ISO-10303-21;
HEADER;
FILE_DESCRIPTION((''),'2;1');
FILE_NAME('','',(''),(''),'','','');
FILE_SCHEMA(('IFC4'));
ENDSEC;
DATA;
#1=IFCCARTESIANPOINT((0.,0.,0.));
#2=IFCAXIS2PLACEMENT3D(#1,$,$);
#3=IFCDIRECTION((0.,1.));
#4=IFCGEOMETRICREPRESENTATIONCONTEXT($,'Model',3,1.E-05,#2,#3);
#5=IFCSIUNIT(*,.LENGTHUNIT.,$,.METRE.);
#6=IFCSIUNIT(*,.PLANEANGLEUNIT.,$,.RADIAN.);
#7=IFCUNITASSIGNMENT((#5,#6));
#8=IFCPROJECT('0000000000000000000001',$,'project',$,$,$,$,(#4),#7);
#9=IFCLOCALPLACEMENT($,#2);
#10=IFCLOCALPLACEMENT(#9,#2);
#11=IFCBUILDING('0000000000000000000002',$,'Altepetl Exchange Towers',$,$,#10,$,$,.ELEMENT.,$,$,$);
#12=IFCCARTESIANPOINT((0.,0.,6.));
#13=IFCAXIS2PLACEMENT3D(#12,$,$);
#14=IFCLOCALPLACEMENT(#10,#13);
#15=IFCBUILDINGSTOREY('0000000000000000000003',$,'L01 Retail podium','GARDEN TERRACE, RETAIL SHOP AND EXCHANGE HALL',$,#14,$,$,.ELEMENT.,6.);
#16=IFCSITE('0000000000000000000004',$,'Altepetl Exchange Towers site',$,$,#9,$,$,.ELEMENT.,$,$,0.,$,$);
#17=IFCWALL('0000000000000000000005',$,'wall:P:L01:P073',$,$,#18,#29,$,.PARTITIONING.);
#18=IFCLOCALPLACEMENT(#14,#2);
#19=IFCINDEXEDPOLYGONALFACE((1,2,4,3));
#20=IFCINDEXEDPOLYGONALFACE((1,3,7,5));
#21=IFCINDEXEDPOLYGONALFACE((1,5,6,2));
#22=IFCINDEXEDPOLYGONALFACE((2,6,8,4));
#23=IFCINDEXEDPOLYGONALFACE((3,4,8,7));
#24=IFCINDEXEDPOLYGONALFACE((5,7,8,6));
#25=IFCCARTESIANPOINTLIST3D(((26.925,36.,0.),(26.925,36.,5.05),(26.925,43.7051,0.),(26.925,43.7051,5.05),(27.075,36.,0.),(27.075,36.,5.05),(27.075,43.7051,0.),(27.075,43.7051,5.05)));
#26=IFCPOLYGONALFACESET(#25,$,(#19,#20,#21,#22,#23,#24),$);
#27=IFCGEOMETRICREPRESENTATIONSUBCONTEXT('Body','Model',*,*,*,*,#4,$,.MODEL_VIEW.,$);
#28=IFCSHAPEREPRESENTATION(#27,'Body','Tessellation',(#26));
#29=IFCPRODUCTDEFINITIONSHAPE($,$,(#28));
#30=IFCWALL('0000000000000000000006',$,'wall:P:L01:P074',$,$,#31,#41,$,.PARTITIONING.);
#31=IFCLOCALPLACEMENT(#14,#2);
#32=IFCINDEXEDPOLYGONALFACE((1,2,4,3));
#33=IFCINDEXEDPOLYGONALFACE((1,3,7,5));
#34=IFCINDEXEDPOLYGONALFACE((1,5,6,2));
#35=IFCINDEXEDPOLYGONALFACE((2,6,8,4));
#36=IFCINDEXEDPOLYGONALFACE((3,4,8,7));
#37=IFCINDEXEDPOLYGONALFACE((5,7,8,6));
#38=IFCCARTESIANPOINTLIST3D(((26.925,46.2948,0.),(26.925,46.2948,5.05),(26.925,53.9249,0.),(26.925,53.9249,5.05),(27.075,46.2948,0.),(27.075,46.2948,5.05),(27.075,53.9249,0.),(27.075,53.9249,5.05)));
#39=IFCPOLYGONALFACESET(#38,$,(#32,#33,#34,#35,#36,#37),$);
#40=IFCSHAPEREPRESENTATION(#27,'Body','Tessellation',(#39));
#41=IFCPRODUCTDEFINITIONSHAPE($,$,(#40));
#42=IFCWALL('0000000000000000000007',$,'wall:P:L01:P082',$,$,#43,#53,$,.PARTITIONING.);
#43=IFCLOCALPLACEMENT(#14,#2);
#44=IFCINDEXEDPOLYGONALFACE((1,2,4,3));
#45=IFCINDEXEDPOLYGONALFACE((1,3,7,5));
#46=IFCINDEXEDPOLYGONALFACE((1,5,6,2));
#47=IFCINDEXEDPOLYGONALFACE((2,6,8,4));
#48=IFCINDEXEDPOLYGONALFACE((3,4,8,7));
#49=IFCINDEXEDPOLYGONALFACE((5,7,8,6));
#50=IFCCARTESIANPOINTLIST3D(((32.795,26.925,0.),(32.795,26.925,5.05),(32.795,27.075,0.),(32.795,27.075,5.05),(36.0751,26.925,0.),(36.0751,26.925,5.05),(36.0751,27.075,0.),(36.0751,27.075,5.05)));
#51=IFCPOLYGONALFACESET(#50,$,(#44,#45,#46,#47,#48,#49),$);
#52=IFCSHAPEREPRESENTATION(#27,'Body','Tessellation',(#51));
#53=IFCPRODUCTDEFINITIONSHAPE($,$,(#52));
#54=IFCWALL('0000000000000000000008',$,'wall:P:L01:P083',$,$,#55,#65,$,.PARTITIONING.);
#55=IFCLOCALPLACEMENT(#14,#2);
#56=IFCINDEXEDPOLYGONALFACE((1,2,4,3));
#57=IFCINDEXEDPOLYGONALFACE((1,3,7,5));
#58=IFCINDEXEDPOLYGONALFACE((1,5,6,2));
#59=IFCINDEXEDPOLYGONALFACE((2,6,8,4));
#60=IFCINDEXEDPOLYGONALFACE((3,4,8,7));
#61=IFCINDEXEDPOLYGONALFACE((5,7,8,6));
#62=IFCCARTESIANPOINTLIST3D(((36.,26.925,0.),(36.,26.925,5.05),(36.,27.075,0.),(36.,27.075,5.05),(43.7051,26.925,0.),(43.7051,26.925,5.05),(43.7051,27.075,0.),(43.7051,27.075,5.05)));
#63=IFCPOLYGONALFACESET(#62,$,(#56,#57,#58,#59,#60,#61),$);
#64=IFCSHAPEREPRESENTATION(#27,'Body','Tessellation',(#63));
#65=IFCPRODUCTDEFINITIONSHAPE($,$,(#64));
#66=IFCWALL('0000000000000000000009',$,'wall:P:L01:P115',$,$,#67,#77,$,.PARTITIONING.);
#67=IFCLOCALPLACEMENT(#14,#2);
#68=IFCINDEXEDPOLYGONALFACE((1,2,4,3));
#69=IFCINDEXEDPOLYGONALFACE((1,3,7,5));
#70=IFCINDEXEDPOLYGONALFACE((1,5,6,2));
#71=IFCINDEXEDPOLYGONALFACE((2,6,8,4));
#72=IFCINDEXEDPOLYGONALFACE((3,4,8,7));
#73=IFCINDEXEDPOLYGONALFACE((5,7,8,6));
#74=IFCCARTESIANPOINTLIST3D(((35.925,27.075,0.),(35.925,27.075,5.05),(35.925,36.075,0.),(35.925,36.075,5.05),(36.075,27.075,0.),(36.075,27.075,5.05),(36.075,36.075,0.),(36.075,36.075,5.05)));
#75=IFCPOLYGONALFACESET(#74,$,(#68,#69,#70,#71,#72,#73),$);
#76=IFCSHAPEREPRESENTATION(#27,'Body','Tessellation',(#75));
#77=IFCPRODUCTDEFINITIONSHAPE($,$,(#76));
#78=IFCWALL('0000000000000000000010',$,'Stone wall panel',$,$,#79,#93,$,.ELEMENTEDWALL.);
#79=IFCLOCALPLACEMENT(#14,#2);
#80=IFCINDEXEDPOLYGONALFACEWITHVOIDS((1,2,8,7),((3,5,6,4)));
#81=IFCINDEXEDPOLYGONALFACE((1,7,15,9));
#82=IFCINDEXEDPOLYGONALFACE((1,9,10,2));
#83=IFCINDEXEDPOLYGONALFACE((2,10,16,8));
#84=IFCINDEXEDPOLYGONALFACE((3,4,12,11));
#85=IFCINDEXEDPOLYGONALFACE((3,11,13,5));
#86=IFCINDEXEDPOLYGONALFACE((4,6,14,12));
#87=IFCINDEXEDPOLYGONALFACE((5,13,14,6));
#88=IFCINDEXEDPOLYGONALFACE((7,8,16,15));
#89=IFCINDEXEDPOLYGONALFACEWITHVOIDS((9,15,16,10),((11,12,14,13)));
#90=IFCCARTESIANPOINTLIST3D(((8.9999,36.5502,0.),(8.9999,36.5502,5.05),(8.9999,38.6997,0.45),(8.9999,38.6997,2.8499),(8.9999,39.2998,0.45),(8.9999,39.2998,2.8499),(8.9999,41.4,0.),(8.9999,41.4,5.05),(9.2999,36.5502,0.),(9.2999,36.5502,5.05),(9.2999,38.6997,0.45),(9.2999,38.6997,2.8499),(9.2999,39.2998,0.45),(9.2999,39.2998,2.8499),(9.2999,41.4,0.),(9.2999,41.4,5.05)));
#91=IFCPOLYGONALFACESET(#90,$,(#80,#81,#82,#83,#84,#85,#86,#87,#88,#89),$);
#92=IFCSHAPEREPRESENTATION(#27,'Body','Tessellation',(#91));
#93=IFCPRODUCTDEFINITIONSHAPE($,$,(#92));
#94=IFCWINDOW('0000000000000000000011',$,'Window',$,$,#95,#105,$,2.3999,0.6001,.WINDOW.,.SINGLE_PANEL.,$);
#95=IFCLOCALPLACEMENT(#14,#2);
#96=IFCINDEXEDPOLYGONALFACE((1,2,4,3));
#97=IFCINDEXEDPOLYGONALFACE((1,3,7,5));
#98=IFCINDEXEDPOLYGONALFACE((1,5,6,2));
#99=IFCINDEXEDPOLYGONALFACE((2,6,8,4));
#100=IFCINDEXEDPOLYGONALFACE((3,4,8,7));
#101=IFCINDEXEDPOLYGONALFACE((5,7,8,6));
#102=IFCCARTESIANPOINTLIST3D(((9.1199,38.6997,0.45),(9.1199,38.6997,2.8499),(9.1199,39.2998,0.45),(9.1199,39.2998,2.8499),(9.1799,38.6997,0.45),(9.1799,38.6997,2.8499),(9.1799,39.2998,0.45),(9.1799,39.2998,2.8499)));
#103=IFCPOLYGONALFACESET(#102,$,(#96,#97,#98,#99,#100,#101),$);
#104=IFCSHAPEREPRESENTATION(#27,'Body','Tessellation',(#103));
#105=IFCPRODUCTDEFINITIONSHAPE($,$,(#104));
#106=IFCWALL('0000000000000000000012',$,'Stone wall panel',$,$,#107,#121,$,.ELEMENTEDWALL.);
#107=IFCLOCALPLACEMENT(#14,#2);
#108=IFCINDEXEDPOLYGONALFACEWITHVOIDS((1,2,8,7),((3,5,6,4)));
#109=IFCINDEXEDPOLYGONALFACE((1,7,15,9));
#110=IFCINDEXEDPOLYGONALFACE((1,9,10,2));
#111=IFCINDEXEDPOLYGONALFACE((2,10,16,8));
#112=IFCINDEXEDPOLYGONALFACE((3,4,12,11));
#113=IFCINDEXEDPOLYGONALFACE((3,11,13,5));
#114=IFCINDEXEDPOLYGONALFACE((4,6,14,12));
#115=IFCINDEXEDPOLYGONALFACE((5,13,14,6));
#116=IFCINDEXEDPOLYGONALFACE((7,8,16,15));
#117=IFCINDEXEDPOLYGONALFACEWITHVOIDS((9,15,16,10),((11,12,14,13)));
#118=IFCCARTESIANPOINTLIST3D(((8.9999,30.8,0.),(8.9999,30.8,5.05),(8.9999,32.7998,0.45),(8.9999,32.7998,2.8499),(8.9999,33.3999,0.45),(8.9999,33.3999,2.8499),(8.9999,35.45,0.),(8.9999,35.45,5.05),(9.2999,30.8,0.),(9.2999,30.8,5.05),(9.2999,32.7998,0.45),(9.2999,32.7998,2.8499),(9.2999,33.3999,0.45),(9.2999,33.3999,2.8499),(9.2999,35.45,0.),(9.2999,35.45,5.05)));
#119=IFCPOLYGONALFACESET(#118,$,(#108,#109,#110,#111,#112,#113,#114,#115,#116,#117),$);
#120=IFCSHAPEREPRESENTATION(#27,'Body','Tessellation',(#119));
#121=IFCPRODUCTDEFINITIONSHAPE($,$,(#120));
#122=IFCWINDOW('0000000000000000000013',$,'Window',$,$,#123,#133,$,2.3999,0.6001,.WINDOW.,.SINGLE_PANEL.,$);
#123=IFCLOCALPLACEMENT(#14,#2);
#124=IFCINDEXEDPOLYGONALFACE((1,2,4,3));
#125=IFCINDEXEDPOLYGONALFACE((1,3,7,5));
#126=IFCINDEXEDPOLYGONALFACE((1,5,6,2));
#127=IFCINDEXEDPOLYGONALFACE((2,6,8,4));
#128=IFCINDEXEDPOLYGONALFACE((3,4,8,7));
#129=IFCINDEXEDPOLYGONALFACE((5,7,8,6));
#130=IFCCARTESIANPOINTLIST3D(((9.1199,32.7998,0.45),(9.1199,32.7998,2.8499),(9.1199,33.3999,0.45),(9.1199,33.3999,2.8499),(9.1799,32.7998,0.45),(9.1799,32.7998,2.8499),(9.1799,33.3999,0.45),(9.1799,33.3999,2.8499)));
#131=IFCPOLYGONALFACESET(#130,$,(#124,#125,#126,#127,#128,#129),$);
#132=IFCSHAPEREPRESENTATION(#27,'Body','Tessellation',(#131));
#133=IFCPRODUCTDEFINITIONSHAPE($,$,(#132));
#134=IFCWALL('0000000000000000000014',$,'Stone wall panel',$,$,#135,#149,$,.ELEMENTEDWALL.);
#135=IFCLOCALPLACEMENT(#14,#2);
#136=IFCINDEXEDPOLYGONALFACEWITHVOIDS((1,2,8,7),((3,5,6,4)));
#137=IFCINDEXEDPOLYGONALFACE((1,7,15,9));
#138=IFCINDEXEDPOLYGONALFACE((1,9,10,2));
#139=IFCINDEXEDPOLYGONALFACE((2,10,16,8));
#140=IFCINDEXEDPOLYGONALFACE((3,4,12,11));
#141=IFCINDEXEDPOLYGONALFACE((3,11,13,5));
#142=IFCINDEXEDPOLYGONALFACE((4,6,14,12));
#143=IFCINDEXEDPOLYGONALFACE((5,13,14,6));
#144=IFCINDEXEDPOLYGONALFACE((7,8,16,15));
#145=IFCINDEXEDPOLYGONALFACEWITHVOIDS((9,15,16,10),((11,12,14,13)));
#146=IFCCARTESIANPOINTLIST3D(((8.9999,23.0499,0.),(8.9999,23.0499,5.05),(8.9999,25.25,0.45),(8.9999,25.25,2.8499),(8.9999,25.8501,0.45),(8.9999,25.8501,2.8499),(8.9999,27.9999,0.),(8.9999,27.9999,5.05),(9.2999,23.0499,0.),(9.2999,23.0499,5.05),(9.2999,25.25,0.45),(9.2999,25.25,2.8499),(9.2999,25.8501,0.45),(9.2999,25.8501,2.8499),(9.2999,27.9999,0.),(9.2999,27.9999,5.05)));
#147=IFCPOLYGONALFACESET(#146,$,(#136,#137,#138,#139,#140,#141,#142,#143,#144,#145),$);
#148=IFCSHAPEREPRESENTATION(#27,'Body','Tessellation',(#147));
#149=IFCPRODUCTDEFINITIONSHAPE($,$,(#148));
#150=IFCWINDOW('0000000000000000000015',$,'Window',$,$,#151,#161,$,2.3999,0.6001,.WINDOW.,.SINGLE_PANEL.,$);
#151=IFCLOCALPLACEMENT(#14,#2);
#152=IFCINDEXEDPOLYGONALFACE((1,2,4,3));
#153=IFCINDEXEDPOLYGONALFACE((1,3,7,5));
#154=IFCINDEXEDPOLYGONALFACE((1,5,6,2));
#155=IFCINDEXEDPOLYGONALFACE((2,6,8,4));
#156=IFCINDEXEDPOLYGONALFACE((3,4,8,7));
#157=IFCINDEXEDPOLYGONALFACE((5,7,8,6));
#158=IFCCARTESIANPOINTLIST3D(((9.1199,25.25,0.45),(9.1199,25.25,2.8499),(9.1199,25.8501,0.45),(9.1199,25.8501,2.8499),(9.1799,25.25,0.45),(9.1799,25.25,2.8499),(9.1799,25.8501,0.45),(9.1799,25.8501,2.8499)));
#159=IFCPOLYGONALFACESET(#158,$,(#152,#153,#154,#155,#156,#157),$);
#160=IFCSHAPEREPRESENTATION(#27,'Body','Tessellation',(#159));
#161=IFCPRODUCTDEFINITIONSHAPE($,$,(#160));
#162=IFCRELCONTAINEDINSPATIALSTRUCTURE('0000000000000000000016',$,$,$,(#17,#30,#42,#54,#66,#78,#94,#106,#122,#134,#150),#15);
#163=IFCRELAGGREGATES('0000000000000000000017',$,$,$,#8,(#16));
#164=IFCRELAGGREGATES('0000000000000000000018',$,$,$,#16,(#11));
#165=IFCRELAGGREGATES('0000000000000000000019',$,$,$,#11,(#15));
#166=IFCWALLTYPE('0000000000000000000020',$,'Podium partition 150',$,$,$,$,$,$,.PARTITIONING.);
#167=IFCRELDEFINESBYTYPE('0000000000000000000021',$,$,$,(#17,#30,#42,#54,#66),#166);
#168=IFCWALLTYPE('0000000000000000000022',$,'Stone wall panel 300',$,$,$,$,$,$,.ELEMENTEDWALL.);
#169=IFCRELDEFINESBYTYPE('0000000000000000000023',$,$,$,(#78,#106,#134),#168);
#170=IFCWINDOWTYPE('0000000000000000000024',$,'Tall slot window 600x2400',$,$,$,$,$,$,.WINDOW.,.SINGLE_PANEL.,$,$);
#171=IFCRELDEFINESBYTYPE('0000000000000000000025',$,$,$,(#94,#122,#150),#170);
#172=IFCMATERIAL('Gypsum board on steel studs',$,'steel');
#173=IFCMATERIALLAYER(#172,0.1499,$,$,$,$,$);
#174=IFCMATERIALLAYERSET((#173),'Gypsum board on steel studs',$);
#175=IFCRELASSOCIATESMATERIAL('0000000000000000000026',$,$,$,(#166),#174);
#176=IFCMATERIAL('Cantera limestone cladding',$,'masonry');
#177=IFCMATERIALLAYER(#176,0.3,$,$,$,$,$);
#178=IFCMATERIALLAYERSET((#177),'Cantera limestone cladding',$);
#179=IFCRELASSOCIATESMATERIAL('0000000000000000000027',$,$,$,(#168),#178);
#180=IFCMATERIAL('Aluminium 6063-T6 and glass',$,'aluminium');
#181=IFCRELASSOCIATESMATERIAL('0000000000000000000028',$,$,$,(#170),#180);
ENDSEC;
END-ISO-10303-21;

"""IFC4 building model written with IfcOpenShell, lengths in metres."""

from ifc_helpers import new_model, si_unit, direction, frame, frame_2d, origin, place, context, subcontext, project, spatial, rectangle, extrude, material, layer, layer_set, type_object, element, fill, save


model = new_model("IFC4")

# Units and contexts
model_context = context("Model", 3, precision=1e-05, world=origin(), true_north=direction((0.0, 1.0)))
body_context = subcontext(model_context, "Body", "Model", "MODEL_VIEW")
ifc_project = project(units=[si_unit("LENGTHUNIT", "METRE"), si_unit("PLANEANGLEUNIT", "RADIAN")], contexts=[model_context])

# Site, building, storey
site_placement = place(None, origin())
site = spatial("IfcSite", under=ifc_project, at=site_placement, Name="Altepetl Exchange Towers site", CompositionType="ELEMENT", RefElevation=0.0)
building_placement = place(site_placement, origin())
building = spatial("IfcBuilding", under=site, at=building_placement, Name="Altepetl Exchange Towers", CompositionType="ELEMENT")
storey_placement = place(building_placement, frame((0.0, 0.0, 6.0)))
storey = spatial("IfcBuildingStorey", under=building, at=storey_placement, Name="L01 Retail podium", Description="GARDEN TERRACE, RETAIL SHOP AND EXCHANGE HALL", CompositionType="ELEMENT", Elevation=6.0)

# Shared definitions
ifc_material_1 = material(Name="Aluminium 6063-T6 and glass", Category="aluminium")

# Shared definitions
ifc_material_2 = material(Name="Gypsum board on steel studs", Category="steel")
ifc_layer_1 = layer(ifc_material_2, 0.1499)
ifc_layer_set_1 = layer_set([ifc_layer_1], Name="Gypsum board on steel studs")
wall_type_1 = type_object("IfcWallType", Name="Podium partition 150", PredefinedType="PARTITIONING", material=ifc_layer_set_1)

# Walls
wall_1_placement = place(storey_placement, frame((27.0, 36.0, 0.0), z_axis=(0.0, 0.0, 1.0), x_axis=(0.0, 1.0, 0.0)))
element("IfcWall", 1, at=wall_1_placement, inside=storey, type_object=wall_type_1, Name="wall:P:L01:P073", PredefinedType="PARTITIONING", context=body_context, shape_type="SweptSolid", body=[
    extrude(rectangle(XDim=7.7051, YDim=0.1499, at=frame_2d((3.8525, 0.0))), origin(), (0.0, 0.0, 1.0), 5.05),
])
wall_2_placement = place(storey_placement, frame((27.0, 46.2949, 0.0), z_axis=(0.0, 0.0, 1.0), x_axis=(0.0, 1.0, 0.0)))
element("IfcWall", 2, at=wall_2_placement, inside=storey, type_object=wall_type_1, Name="wall:P:L01:P074", PredefinedType="PARTITIONING", context=body_context, shape_type="SweptSolid", body=[
    extrude(rectangle(XDim=7.6301, YDim=0.1499, at=frame_2d((3.8149, 0.0))), origin(), (0.0, 0.0, 1.0), 5.05),
])
wall_3_placement = place(storey_placement, frame((32.7949, 27.0, 0.0)))
element("IfcWall", 3, at=wall_3_placement, inside=storey, type_object=wall_type_1, Name="wall:P:L01:P082", PredefinedType="PARTITIONING", context=body_context, shape_type="SweptSolid", body=[
    extrude(rectangle(XDim=3.28, YDim=0.1499, at=frame_2d((1.6401, 0.0))), origin(), (0.0, 0.0, 1.0), 5.05),
])
wall_4_placement = place(storey_placement, frame((36.0, 27.0, 0.0)))
element("IfcWall", 4, at=wall_4_placement, inside=storey, type_object=wall_type_1, Name="wall:P:L01:P083", PredefinedType="PARTITIONING", context=body_context, shape_type="SweptSolid", body=[
    extrude(rectangle(XDim=7.7051, YDim=0.1499, at=frame_2d((3.8525, 0.0))), origin(), (0.0, 0.0, 1.0), 5.05),
])
wall_5_placement = place(storey_placement, frame((36.0, 27.075, 0.0), z_axis=(0.0, 0.0, 1.0), x_axis=(0.0, 1.0, 0.0)))
element("IfcWall", 5, at=wall_5_placement, inside=storey, type_object=wall_type_1, Name="wall:P:L01:P115", PredefinedType="PARTITIONING", context=body_context, shape_type="SweptSolid", body=[
    extrude(rectangle(XDim=9.0, YDim=0.1499, at=frame_2d((4.5, 0.0))), origin(), (0.0, 0.0, 1.0), 5.05),
])

# Walls, openings, windows
ifc_material_3 = material(Name="Cantera limestone cladding", Category="masonry")
ifc_layer_2 = layer(ifc_material_3, 0.3)
ifc_layer_set_2 = layer_set([ifc_layer_2], Name="Cantera limestone cladding")
wall_type_2 = type_object("IfcWallType", Name="Stone wall panel 300", PredefinedType="ELEMENTEDWALL", material=ifc_layer_set_2)
wall_6_placement = place(storey_placement, frame((9.1499, 41.3999, 0.0), z_axis=(0.0, 0.0, 1.0), x_axis=(0.0, -1.0, 0.0)))
wall_6 = element("IfcWall", 6, at=wall_6_placement, inside=storey, type_object=wall_type_2, Name="Stone wall panel", PredefinedType="ELEMENTEDWALL", context=body_context, shape_type="SweptSolid", body=[
    extrude(rectangle(XDim=4.8499, YDim=0.3, at=frame_2d((2.4248, 0.0))), origin(), (0.0, 0.0, 1.0), 5.05),
])
opening_1_placement = place(wall_6_placement, frame((2.1001, 0.0, 0.45)))
opening_1 = element("IfcOpeningElement", 7, at=opening_1_placement, cuts=wall_6, PredefinedType="OPENING", context=body_context, shape_type="SweptSolid", body=[
    extrude(rectangle(XDim=0.6001, YDim=2.3999, at=frame_2d((0.3, 1.2))), frame((0.0, 0.1602, 0.0), z_axis=(0.0, -1.0, 0.0), x_axis=(1.0, 0.0, 0.0)), (0.0, 0.0, 1.0), 0.3201),
])
window_type = type_object("IfcWindowType", Name="Tall slot window 600x2400", PartitioningType="SINGLE_PANEL", PredefinedType="WINDOW", material=ifc_material_1)
window_1_placement = place(opening_1_placement, origin())
window_1 = element("IfcWindow", 8, at=window_1_placement, inside=storey, type_object=window_type, Name="Window", OverallHeight=2.3999, OverallWidth=0.6001, PartitioningType="SINGLE_PANEL", PredefinedType="WINDOW", context=body_context, shape_type="SweptSolid", body=[
    extrude(rectangle(XDim=0.6001, YDim=2.3999, at=frame_2d((0.3, 1.2))), frame((0.0, 0.03, 0.0), z_axis=(0.0, -1.0, 0.0), x_axis=(1.0, 0.0, 0.0)), (0.0, 0.0, 1.0), 0.0601),
])
fill(opening_1, window_1)
wall_7_placement = place(storey_placement, frame((9.1499, 35.45, 0.0), z_axis=(0.0, 0.0, 1.0), x_axis=(0.0, -1.0, 0.0)))
wall_7 = element("IfcWall", 9, at=wall_7_placement, inside=storey, type_object=wall_type_2, Name="Stone wall panel", PredefinedType="ELEMENTEDWALL", context=body_context, shape_type="SweptSolid", body=[
    extrude(rectangle(XDim=4.6499, YDim=0.3, at=frame_2d((2.325, 0.0))), origin(), (0.0, 0.0, 1.0), 5.05),
])
opening_2_placement = place(wall_7_placement, frame((2.05, 0.0, 0.45)))
opening_2 = element("IfcOpeningElement", 10, at=opening_2_placement, cuts=wall_7, PredefinedType="OPENING", context=body_context, shape_type="SweptSolid", body=[
    extrude(rectangle(XDim=0.6001, YDim=2.3999, at=frame_2d((0.3, 1.2))), frame((0.0, 0.1602, 0.0), z_axis=(0.0, -1.0, 0.0), x_axis=(1.0, 0.0, 0.0)), (0.0, 0.0, 1.0), 0.3201),
])
window_2_placement = place(opening_2_placement, origin())
window_2 = element("IfcWindow", 11, at=window_2_placement, inside=storey, type_object=window_type, Name="Window", OverallHeight=2.3999, OverallWidth=0.6001, PartitioningType="SINGLE_PANEL", PredefinedType="WINDOW", context=body_context, shape_type="SweptSolid", body=[
    extrude(rectangle(XDim=0.6001, YDim=2.3999, at=frame_2d((0.3, 1.2))), frame((0.0, 0.03, 0.0), z_axis=(0.0, -1.0, 0.0), x_axis=(1.0, 0.0, 0.0)), (0.0, 0.0, 1.0), 0.0601),
])
fill(opening_2, window_2)
wall_8_placement = place(storey_placement, frame((9.1499, 28.0, 0.0), z_axis=(0.0, 0.0, 1.0), x_axis=(0.0, -1.0, 0.0)))
wall_8 = element("IfcWall", 12, at=wall_8_placement, inside=storey, type_object=wall_type_2, Name="Stone wall panel", PredefinedType="ELEMENTEDWALL", context=body_context, shape_type="SweptSolid", body=[
    extrude(rectangle(XDim=4.95, YDim=0.3, at=frame_2d((2.4751, 0.0))), origin(), (0.0, 0.0, 1.0), 5.05),
])
opening_3_placement = place(wall_8_placement, frame((2.1499, 0.0, 0.45)))
opening_3 = element("IfcOpeningElement", 13, at=opening_3_placement, cuts=wall_8, PredefinedType="OPENING", context=body_context, shape_type="SweptSolid", body=[
    extrude(rectangle(XDim=0.6001, YDim=2.3999, at=frame_2d((0.3, 1.2))), frame((0.0, 0.1602, 0.0), z_axis=(0.0, -1.0, 0.0), x_axis=(1.0, 0.0, 0.0)), (0.0, 0.0, 1.0), 0.3201),
])
window_3_placement = place(opening_3_placement, origin())
window_3 = element("IfcWindow", 14, at=window_3_placement, inside=storey, type_object=window_type, Name="Window", OverallHeight=2.3999, OverallWidth=0.6001, PartitioningType="SINGLE_PANEL", PredefinedType="WINDOW", context=body_context, shape_type="SweptSolid", body=[
    extrude(rectangle(XDim=0.6001, YDim=2.3999, at=frame_2d((0.3, 1.2))), frame((0.0, 0.03, 0.0), z_axis=(0.0, -1.0, 0.0), x_axis=(1.0, 0.0, 0.0)), (0.0, 0.0, 1.0), 0.0601),
])
fill(opening_3, window_3)

save(model, "model.ifc")
